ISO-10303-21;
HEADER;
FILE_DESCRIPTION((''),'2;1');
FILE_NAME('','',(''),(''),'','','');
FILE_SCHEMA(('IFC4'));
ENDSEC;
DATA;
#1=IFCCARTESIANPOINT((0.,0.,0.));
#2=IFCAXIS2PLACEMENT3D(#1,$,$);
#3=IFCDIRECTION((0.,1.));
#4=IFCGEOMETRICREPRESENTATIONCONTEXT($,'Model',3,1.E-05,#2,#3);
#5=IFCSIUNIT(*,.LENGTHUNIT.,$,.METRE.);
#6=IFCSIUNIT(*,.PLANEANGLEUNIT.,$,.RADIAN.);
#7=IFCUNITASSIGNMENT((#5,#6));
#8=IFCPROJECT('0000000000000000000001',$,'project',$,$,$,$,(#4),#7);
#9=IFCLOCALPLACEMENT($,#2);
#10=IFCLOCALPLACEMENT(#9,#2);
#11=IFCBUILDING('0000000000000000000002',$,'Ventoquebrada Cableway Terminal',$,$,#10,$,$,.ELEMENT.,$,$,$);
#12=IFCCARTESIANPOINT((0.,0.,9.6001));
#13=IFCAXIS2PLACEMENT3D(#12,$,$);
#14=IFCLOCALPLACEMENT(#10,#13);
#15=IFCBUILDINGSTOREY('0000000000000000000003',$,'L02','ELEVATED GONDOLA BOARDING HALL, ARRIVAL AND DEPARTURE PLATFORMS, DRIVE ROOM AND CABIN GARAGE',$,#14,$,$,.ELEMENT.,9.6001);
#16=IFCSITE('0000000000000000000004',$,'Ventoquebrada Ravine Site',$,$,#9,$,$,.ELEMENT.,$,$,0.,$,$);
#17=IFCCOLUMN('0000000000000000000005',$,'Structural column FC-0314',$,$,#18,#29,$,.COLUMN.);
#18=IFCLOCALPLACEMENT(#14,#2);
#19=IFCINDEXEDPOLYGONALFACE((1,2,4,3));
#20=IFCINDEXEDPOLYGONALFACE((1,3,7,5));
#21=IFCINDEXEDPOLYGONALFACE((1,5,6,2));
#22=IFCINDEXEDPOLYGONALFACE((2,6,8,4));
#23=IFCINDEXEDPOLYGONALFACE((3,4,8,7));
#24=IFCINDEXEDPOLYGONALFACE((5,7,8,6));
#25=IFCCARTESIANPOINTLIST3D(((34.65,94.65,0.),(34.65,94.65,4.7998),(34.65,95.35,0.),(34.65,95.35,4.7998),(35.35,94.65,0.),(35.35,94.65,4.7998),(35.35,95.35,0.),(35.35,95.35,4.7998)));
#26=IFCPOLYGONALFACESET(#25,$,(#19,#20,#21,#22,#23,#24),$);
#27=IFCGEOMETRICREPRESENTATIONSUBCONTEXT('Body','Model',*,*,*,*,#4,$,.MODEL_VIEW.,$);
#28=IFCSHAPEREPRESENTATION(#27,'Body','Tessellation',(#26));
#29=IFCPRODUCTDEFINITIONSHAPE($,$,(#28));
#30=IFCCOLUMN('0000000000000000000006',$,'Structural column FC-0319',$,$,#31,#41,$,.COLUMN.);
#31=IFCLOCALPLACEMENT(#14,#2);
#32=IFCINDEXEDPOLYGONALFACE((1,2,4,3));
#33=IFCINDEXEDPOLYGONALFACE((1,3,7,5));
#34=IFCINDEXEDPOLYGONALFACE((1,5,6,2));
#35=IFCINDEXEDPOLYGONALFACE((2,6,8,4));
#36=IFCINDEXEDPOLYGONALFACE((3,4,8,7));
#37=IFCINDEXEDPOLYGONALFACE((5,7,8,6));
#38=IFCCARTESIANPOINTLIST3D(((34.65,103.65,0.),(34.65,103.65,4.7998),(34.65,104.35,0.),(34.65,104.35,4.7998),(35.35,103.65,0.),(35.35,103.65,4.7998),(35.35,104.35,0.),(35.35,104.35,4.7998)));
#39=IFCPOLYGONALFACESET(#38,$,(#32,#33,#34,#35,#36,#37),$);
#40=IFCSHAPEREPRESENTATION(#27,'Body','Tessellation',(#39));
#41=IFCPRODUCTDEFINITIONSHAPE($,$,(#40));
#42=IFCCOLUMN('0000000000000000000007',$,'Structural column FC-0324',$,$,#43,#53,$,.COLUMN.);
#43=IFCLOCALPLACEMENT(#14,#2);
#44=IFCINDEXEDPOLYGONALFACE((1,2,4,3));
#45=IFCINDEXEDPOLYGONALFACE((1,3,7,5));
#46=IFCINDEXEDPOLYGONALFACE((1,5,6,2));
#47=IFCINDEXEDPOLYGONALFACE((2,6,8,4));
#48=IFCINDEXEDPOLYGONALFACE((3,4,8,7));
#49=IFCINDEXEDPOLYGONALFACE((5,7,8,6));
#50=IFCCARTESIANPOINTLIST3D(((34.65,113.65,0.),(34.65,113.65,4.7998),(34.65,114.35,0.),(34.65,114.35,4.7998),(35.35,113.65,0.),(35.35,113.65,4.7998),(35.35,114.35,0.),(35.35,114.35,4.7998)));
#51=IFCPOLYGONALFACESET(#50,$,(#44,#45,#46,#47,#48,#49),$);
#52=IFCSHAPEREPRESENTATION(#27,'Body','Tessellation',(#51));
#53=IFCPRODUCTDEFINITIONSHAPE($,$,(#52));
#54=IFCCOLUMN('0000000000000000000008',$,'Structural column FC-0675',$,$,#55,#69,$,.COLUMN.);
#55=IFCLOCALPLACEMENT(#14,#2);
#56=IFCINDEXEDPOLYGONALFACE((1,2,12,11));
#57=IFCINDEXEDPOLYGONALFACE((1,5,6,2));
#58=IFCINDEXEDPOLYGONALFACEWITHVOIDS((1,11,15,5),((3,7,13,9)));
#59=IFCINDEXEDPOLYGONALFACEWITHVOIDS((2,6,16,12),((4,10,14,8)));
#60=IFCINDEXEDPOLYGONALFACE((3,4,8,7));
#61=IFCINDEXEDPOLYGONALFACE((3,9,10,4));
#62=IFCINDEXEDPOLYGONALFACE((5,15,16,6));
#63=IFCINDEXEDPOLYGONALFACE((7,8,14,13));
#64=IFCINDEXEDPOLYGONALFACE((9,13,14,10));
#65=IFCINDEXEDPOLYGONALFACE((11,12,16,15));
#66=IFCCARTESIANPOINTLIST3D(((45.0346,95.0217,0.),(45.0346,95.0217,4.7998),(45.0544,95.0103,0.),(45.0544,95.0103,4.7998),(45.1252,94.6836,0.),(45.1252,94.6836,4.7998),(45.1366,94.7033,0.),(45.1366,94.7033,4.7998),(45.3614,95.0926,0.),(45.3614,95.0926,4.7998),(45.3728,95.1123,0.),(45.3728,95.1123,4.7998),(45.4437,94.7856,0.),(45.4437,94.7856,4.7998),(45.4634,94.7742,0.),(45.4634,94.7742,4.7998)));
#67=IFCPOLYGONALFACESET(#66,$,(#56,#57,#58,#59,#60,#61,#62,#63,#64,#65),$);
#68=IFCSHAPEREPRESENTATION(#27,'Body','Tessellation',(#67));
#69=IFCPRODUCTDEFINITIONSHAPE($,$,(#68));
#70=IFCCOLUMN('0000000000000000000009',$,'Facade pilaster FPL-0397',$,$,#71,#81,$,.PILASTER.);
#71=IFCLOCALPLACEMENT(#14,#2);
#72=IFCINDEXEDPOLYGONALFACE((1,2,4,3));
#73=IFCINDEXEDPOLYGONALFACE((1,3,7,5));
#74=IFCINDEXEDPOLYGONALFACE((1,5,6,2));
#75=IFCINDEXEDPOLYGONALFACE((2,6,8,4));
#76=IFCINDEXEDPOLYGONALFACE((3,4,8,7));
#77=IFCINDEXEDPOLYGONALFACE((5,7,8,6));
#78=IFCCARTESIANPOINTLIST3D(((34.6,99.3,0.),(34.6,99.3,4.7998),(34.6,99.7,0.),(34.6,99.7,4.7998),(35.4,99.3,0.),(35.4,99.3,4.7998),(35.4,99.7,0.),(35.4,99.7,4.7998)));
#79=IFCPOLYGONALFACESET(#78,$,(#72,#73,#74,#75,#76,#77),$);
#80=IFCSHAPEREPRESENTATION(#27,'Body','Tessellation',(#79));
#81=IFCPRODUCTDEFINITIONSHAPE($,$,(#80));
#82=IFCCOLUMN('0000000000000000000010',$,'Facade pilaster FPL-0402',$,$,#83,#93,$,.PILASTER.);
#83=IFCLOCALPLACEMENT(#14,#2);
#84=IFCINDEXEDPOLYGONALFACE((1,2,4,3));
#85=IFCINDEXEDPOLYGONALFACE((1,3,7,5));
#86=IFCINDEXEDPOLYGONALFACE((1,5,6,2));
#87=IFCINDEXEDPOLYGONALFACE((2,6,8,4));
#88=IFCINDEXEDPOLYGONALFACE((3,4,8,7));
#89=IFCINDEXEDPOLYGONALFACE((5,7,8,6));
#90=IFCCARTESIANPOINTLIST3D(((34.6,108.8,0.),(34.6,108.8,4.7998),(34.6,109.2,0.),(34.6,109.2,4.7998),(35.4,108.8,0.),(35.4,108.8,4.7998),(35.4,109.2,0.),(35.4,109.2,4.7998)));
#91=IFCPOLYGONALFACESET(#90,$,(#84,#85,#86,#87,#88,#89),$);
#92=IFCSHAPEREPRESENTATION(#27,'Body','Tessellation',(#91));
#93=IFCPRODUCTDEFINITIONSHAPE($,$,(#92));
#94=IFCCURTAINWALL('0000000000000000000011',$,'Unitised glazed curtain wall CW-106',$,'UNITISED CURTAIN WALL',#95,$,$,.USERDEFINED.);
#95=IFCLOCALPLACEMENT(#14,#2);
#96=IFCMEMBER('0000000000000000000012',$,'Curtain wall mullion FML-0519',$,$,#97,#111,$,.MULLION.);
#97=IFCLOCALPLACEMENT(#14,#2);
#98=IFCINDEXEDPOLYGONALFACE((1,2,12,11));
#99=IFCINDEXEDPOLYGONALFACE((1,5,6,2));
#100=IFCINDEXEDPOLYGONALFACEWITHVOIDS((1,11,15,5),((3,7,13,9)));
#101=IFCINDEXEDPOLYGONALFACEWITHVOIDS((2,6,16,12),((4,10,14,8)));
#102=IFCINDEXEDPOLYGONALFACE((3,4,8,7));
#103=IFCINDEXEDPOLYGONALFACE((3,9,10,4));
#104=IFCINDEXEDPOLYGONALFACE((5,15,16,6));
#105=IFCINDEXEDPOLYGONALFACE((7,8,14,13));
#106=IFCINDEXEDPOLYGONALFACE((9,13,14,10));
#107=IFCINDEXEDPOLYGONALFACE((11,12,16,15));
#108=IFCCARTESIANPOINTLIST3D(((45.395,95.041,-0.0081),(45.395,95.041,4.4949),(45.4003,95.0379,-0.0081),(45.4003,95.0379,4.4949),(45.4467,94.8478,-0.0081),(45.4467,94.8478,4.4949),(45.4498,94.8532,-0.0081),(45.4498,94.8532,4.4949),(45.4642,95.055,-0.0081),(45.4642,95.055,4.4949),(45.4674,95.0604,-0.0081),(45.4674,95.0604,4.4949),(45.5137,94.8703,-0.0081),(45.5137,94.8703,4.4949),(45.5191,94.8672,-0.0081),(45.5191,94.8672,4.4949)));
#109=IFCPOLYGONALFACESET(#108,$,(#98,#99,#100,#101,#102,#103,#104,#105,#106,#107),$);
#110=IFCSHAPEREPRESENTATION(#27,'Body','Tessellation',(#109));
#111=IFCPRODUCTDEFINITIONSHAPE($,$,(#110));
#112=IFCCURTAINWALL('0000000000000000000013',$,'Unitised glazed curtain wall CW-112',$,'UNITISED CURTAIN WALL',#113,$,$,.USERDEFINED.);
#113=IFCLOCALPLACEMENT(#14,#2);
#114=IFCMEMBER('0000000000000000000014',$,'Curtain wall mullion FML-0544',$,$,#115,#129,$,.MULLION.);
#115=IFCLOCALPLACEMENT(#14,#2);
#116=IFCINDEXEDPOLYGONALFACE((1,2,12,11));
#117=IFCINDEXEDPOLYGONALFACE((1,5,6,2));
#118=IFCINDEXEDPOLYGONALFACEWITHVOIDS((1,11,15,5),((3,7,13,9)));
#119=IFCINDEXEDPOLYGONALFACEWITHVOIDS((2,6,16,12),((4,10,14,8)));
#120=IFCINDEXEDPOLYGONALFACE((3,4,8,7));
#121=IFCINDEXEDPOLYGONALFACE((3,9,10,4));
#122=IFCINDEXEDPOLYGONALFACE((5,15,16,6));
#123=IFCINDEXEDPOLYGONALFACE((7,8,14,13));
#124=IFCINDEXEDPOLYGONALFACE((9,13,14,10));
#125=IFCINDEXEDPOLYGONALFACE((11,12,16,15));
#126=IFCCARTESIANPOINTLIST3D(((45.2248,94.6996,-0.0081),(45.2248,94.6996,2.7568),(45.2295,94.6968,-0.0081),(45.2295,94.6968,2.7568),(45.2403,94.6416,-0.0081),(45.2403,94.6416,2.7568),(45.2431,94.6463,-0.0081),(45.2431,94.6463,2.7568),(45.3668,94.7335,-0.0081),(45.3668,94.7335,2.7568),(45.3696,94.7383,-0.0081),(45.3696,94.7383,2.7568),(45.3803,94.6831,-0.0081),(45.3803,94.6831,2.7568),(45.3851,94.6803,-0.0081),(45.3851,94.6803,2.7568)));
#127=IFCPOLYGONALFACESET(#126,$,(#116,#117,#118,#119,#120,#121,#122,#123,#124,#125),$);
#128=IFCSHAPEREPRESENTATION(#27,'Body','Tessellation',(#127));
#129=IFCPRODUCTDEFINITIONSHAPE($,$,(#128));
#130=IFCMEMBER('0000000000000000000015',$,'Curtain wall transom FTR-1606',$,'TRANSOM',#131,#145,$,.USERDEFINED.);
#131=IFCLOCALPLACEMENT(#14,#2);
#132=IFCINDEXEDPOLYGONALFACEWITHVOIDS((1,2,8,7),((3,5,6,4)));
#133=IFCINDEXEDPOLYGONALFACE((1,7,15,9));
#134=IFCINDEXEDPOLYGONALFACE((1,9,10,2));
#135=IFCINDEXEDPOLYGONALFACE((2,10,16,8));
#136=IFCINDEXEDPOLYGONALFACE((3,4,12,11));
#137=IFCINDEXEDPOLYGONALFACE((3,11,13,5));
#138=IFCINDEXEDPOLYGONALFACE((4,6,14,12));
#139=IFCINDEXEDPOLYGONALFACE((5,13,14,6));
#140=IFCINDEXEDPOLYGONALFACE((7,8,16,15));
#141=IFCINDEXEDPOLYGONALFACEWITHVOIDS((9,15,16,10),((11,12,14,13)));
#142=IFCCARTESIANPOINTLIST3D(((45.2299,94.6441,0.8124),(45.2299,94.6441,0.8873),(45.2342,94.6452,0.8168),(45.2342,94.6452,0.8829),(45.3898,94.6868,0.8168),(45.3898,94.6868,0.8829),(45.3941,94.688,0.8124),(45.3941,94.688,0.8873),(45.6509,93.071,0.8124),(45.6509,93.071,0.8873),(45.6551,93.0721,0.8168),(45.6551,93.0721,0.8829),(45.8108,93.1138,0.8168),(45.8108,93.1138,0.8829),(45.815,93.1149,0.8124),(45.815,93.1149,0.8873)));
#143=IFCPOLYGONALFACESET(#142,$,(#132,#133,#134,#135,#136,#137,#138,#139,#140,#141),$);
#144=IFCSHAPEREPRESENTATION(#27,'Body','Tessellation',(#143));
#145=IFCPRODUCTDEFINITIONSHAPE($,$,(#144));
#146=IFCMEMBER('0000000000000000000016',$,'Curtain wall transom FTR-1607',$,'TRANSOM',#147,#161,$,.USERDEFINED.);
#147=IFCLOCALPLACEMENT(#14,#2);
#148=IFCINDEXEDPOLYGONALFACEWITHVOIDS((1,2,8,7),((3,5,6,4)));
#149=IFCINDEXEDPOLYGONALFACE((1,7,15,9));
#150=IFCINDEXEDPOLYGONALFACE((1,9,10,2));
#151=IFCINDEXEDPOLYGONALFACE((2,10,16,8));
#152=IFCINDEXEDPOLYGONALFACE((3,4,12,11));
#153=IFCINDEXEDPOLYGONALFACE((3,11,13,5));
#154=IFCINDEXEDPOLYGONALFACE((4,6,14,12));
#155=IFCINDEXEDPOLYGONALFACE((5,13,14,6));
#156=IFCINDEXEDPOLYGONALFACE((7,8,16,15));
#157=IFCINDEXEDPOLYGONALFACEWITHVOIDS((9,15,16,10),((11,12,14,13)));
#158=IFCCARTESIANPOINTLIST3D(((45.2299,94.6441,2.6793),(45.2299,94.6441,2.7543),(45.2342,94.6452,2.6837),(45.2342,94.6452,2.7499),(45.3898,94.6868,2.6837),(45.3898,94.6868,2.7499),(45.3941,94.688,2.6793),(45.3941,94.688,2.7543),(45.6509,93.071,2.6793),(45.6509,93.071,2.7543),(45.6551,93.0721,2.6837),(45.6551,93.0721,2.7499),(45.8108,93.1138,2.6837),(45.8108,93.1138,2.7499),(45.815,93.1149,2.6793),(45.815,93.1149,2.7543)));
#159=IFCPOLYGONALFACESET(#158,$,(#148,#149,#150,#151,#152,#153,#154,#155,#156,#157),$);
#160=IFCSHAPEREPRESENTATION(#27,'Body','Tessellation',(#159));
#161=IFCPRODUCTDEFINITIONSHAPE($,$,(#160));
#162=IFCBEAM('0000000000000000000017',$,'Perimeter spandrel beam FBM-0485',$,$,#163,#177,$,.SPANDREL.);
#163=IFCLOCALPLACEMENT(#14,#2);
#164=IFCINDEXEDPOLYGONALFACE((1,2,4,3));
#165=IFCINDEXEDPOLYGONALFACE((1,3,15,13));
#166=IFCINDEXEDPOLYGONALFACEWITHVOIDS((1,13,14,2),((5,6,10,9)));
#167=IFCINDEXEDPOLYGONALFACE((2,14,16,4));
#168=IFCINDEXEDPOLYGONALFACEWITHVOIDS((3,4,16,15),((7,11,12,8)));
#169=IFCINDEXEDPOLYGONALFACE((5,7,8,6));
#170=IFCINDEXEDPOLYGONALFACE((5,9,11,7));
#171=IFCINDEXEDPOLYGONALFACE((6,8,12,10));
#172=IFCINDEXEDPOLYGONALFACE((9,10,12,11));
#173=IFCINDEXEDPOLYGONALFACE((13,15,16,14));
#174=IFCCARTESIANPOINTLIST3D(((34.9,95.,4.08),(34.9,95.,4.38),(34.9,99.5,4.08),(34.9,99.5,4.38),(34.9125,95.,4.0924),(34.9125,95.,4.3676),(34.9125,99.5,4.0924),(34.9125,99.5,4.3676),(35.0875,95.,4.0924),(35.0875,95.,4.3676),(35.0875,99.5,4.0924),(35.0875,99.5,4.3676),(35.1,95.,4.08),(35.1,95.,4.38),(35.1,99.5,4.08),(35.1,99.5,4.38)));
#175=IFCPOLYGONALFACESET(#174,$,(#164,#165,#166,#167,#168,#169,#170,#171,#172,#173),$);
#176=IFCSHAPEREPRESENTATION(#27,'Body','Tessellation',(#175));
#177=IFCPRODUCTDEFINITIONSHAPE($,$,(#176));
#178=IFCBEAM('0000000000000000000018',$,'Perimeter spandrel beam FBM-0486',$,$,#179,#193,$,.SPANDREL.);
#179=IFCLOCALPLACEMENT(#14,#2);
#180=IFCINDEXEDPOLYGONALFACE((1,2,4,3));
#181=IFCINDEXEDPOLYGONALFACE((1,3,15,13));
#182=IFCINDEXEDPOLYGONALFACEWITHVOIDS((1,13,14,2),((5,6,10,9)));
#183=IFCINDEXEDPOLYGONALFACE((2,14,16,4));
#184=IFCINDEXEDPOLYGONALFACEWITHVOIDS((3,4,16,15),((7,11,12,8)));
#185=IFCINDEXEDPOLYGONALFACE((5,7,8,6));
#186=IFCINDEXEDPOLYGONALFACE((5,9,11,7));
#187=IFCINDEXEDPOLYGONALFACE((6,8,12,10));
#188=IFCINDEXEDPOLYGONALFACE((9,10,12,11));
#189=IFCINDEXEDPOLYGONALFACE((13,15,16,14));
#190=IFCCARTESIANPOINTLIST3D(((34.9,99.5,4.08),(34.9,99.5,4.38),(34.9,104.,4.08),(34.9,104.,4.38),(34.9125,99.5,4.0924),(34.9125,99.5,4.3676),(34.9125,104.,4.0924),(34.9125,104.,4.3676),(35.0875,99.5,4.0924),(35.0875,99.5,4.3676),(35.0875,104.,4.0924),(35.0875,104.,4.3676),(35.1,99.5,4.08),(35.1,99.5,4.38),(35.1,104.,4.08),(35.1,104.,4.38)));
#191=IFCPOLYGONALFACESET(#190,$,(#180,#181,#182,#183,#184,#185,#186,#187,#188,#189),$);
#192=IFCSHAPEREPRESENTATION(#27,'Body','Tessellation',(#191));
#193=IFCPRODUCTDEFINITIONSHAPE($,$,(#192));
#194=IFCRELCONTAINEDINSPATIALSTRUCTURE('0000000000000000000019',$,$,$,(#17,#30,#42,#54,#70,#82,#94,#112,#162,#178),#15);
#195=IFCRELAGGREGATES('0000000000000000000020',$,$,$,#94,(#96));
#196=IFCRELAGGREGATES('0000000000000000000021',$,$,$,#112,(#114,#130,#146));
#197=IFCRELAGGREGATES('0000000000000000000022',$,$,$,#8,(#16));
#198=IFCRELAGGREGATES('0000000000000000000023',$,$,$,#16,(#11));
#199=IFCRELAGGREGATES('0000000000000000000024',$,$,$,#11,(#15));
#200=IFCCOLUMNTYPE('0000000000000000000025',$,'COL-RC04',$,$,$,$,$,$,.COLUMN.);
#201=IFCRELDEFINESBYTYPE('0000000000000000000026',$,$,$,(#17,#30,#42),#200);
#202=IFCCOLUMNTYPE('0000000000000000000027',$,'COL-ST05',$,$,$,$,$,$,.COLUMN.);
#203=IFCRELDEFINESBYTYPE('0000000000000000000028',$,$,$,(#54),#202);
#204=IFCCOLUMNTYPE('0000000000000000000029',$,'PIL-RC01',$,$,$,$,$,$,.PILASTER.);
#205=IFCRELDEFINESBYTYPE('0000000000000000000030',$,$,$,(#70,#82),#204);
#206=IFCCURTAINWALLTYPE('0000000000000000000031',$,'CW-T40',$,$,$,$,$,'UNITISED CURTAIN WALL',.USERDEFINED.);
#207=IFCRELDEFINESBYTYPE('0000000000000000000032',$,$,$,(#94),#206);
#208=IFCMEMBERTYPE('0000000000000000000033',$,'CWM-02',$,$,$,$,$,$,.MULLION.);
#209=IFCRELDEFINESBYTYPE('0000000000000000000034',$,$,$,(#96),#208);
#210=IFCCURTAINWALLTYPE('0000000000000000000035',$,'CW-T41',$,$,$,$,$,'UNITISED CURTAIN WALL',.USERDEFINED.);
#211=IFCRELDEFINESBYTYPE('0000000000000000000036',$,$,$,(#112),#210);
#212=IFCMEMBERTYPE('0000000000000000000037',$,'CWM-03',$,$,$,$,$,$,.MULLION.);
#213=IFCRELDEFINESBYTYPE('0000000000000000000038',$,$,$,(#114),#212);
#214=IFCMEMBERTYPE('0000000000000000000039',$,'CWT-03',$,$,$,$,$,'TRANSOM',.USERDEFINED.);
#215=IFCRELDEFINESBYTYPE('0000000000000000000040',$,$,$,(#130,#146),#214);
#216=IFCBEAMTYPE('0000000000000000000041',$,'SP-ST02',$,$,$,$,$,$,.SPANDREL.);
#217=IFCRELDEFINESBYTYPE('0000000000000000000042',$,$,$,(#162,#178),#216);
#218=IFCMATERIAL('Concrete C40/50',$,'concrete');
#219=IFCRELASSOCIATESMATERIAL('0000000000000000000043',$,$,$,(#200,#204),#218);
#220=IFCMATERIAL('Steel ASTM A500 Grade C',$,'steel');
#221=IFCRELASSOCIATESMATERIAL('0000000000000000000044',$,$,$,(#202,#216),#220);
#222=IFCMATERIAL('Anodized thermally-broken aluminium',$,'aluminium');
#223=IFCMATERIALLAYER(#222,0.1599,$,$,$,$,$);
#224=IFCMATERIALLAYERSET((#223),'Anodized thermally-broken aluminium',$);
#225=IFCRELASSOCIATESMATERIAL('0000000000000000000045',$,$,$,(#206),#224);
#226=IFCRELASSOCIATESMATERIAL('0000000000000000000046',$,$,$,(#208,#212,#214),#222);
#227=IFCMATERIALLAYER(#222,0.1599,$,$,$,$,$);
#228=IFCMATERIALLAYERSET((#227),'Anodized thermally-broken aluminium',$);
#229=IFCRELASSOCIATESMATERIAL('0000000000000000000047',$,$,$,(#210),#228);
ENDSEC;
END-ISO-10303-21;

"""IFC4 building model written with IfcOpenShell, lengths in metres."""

from ifc_helpers import new_model, si_unit, direction, frame, origin, origin_2d, place, context, subcontext, project, spatial, rectangle, hollow_rectangle, extrude, material, layer, layer_set, material_profile, profile_set, type_object, element, aggregate, save


model = new_model("IFC4")

# Units and contexts
model_context = context("Model", 3, precision=1e-05, world=origin(), true_north=direction((0.0, 1.0)))
body_context = subcontext(model_context, "Body", "Model", "MODEL_VIEW")
ifc_project = project(units=[si_unit("LENGTHUNIT", "METRE"), si_unit("PLANEANGLEUNIT", "RADIAN")], contexts=[model_context])

# Site, building, storey
site_placement = place(None, origin())
site = spatial("IfcSite", under=ifc_project, at=site_placement, Name="Ventoquebrada Ravine Site", CompositionType="ELEMENT", RefElevation=0.0)
building_placement = place(site_placement, origin())
building = spatial("IfcBuilding", under=site, at=building_placement, Name="Ventoquebrada Cableway Terminal", CompositionType="ELEMENT")
storey_placement = place(building_placement, frame((0.0, 0.0, 9.6001)))
storey = spatial("IfcBuildingStorey", under=building, at=storey_placement, Name="L02", Description="ELEVATED GONDOLA BOARDING HALL, ARRIVAL AND DEPARTURE PLATFORMS, DRIVE ROOM AND CABIN GARAGE", CompositionType="ELEMENT", Elevation=9.6001)

# Columns
ifc_material_1 = material(Name="Concrete C40/50", Category="concrete")
ifc_material_profile_1 = material_profile(ifc_material_1, rectangle(XDim=0.7, YDim=0.7, at=origin_2d()), Name="RC-COL-700X700")
ifc_profile_set_1 = profile_set([ifc_material_profile_1], Name="Concrete C40/50")
column_type_1 = type_object("IfcColumnType", Name="COL-RC04", PredefinedType="COLUMN", material=ifc_profile_set_1)
for number, where, z_axis, x_axis, name in (
    (1, (35.0, 95.0, 0.0), (0.0, 0.0, 1.0), (1.0, 0.0, 0.0), "Structural column FC-0314"),
    (2, (35.0, 104.0, 0.0), (0.0, 0.0, 1.0), (1.0, 0.0, 0.0), "Structural column FC-0319"),
    (3, (35.0, 114.0, 0.0), (0.0, 0.0, 1.0), (1.0, 0.0, 0.0), "Structural column FC-0324"),
):
    element("IfcColumn", number, at=place(storey_placement, frame(where, z_axis=z_axis, x_axis=x_axis)), inside=storey, type_object=column_type_1, Name=name, PredefinedType="COLUMN", context=body_context, shape_type="SweptSolid", body=[
        extrude(rectangle(XDim=0.7, YDim=0.7, at=origin_2d()), origin(), (0.0, 0.0, 1.0), 4.7998),
    ])
ifc_material_2 = material(Name="Steel ASTM A500 Grade C", Category="steel")
ifc_material_profile_2 = material_profile(ifc_material_2, hollow_rectangle(XDim=0.3501, YDim=0.3501, WallThickness=0.0161, at=origin_2d()), Name="HSS350X350X16")
ifc_profile_set_2 = profile_set([ifc_material_profile_2], Name="Steel ASTM A500 Grade C")
column_type_2 = type_object("IfcColumnType", Name="COL-ST05", PredefinedType="COLUMN", material=ifc_profile_set_2)
column_placement = place(storey_placement, frame((45.249, 94.8979, 0.0), z_axis=(0.0, 0.0, 1.0), x_axis=(0.965926, 0.258819, 0.0)))
element("IfcColumn", 4, at=column_placement, inside=storey, type_object=column_type_2, Name="Structural column FC-0675", PredefinedType="COLUMN", context=body_context, shape_type="SweptSolid", body=[
    extrude(hollow_rectangle(XDim=0.3501, YDim=0.3501, WallThickness=0.0161, at=origin_2d()), origin(), (0.0, 0.0, 1.0), 4.7998),
])
ifc_material_profile_3 = material_profile(ifc_material_1, rectangle(XDim=0.3999, YDim=0.8, at=origin_2d()), Name="RC-PIL-400X800")
ifc_profile_set_3 = profile_set([ifc_material_profile_3], Name="Concrete C40/50")
column_type_3 = type_object("IfcColumnType", Name="PIL-RC01", PredefinedType="PILASTER", material=ifc_profile_set_3)
for number, where, z_axis, x_axis, name in (
    (5, (35.0, 99.5, 0.0), (0.0, 0.0, 1.0), (0.0, 1.0, 0.0), "Facade pilaster FPL-0397"),
    (6, (35.0, 109.0, 0.0), (0.0, 0.0, 1.0), (0.0, 1.0, 0.0), "Facade pilaster FPL-0402"),
):
    element("IfcColumn", number, at=place(storey_placement, frame(where, z_axis=z_axis, x_axis=x_axis)), inside=storey, type_object=column_type_3, Name=name, PredefinedType="PILASTER", context=body_context, shape_type="SweptSolid", body=[
        extrude(rectangle(XDim=0.3999, YDim=0.8, at=origin_2d()), origin(), (0.0, 0.0, 1.0), 4.7998),
    ])

# Curtain wall, member
ifc_material_3 = material(Name="Anodized thermally-broken aluminium", Category="aluminium")
ifc_layer_1 = layer(ifc_material_3, 0.1599)
ifc_layer_set_1 = layer_set([ifc_layer_1], Name="Anodized thermally-broken aluminium")
curtain_wall_type_1 = type_object("IfcCurtainWallType", Name="CW-T40", ElementType="UNITISED CURTAIN WALL", PredefinedType="USERDEFINED", material=ifc_layer_set_1)
curtain_wall_1_placement = place(storey_placement, origin())
curtain_wall_1 = element("IfcCurtainWall", 7, at=curtain_wall_1_placement, inside=storey, type_object=curtain_wall_type_1, Name="Unitised glazed curtain wall CW-106", ObjectType="UNITISED CURTAIN WALL", PredefinedType="USERDEFINED")
ifc_material_profile_4 = material_profile(ifc_material_3, hollow_rectangle(XDim=0.075, YDim=0.2, WallThickness=0.0044, at=origin_2d()), Name="CW-MUL-75X200")
ifc_profile_set_4 = profile_set([ifc_material_profile_4], Name="Anodized thermally-broken aluminium")
member_type_1 = type_object("IfcMemberType", Name="CWM-02", PredefinedType="MULLION", material=ifc_profile_set_4)
member_1_placement = place(storey_placement, frame((45.457, 94.9541, -0.0081), z_axis=(0.0, 0.0, 1.0), x_axis=(-0.96593, -0.258802, 0.0)))
member_1 = element("IfcMember", 8, at=member_1_placement, type_object=member_type_1, Name="Curtain wall mullion FML-0519", PredefinedType="MULLION", context=body_context, shape_type="SweptSolid", body=[
    extrude(hollow_rectangle(XDim=0.075, YDim=0.2, WallThickness=0.0044, at=origin_2d()), origin(), (0.0, 0.0, 1.0), 4.5029),
])
aggregate(curtain_wall_1, [member_1])

# Curtain wall, members
ifc_layer_2 = layer(ifc_material_3, 0.1599)
ifc_layer_set_2 = layer_set([ifc_layer_2], Name="Anodized thermally-broken aluminium")
curtain_wall_type_2 = type_object("IfcCurtainWallType", Name="CW-T41", ElementType="UNITISED CURTAIN WALL", PredefinedType="USERDEFINED", material=ifc_layer_set_2)
curtain_wall_2_placement = place(storey_placement, origin())
curtain_wall_2 = element("IfcCurtainWall", 9, at=curtain_wall_2_placement, inside=storey, type_object=curtain_wall_type_2, Name="Unitised glazed curtain wall CW-112", ObjectType="UNITISED CURTAIN WALL", PredefinedType="USERDEFINED")
ifc_material_profile_5 = material_profile(ifc_material_3, hollow_rectangle(XDim=0.0601, YDim=0.1499, WallThickness=0.0039, at=origin_2d()), Name="CW-MUL-60X150")
ifc_profile_set_5 = profile_set([ifc_material_profile_5], Name="Anodized thermally-broken aluminium")
member_type_2 = type_object("IfcMemberType", Name="CWM-03", PredefinedType="MULLION", material=ifc_profile_set_5)
member_2_placement = place(storey_placement, frame((45.3049, 94.6899, -0.0081), z_axis=(0.0, 0.0, 1.0), x_axis=(0.258617, -0.96598, 0.0)))
member_2 = element("IfcMember", 10, at=member_2_placement, type_object=member_type_2, Name="Curtain wall mullion FML-0544", PredefinedType="MULLION", context=body_context, shape_type="SweptSolid", body=[
    extrude(hollow_rectangle(XDim=0.0601, YDim=0.1499, WallThickness=0.0039, at=origin_2d()), origin(), (0.0, 0.0, 1.0), 2.7649),
])
ifc_material_profile_6 = material_profile(ifc_material_3, hollow_rectangle(XDim=0.075, YDim=0.1699, WallThickness=0.0044, at=origin_2d()), Name="CW-TRN-75X170")
ifc_profile_set_6 = profile_set([ifc_material_profile_6], Name="Anodized thermally-broken aluminium")
member_type_3 = type_object("IfcMemberType", Name="CWT-03", ElementType="TRANSOM", PredefinedType="USERDEFINED", material=ifc_profile_set_6)
member_3_placement = place(storey_placement, frame((45.312, 94.666, 0.8499), z_axis=(0.258484, -0.966016, 0.0), x_axis=(0.0, 0.0, 1.0)))
member_3 = element("IfcMember", 11, at=member_3_placement, type_object=member_type_3, Name="Curtain wall transom FTR-1606", ObjectType="TRANSOM", PredefinedType="USERDEFINED", context=body_context, shape_type="SweptSolid", body=[
    extrude(hollow_rectangle(XDim=0.075, YDim=0.1699, WallThickness=0.0044, at=origin_2d()), origin(), (0.0, 0.0, 1.0), 1.6284),
])
member_4_placement = place(storey_placement, frame((45.312, 94.666, 2.7168), z_axis=(0.258484, -0.966016, 0.0), x_axis=(0.0, 0.0, 1.0)))
member_4 = element("IfcMember", 12, at=member_4_placement, type_object=member_type_3, Name="Curtain wall transom FTR-1607", ObjectType="TRANSOM", PredefinedType="USERDEFINED", context=body_context, shape_type="SweptSolid", body=[
    extrude(hollow_rectangle(XDim=0.075, YDim=0.1699, WallThickness=0.0044, at=origin_2d()), origin(), (0.0, 0.0, 1.0), 1.6284),
])
aggregate(curtain_wall_2, [member_2, member_3, member_4])

# Beams
ifc_material_profile_7 = material_profile(ifc_material_2, hollow_rectangle(XDim=0.2, YDim=0.3, WallThickness=0.0125, at=origin_2d()), Name="RHS300X200X12.5")
ifc_profile_set_7 = profile_set([ifc_material_profile_7], Name="Steel ASTM A500 Grade C")
beam_type = type_object("IfcBeamType", Name="SP-ST02", PredefinedType="SPANDREL", material=ifc_profile_set_7)
for number, where, z_axis, x_axis, name in (
    (13, (35.0, 95.0, 4.23), (0.0, 1.0, 0.0), (-1.0, 0.0, 0.0), "Perimeter spandrel beam FBM-0485"),
    (14, (35.0, 99.5, 4.23), (0.0, 1.0, 0.0), (-1.0, 0.0, 0.0), "Perimeter spandrel beam FBM-0486"),
):
    element("IfcBeam", number, at=place(storey_placement, frame(where, z_axis=z_axis, x_axis=x_axis)), inside=storey, type_object=beam_type, Name=name, PredefinedType="SPANDREL", context=body_context, shape_type="SweptSolid", body=[
        extrude(hollow_rectangle(XDim=0.2, YDim=0.3, WallThickness=0.0125, at=origin_2d()), origin(), (0.0, 0.0, 1.0), 4.5),
    ])

save(model, "model.ifc")
